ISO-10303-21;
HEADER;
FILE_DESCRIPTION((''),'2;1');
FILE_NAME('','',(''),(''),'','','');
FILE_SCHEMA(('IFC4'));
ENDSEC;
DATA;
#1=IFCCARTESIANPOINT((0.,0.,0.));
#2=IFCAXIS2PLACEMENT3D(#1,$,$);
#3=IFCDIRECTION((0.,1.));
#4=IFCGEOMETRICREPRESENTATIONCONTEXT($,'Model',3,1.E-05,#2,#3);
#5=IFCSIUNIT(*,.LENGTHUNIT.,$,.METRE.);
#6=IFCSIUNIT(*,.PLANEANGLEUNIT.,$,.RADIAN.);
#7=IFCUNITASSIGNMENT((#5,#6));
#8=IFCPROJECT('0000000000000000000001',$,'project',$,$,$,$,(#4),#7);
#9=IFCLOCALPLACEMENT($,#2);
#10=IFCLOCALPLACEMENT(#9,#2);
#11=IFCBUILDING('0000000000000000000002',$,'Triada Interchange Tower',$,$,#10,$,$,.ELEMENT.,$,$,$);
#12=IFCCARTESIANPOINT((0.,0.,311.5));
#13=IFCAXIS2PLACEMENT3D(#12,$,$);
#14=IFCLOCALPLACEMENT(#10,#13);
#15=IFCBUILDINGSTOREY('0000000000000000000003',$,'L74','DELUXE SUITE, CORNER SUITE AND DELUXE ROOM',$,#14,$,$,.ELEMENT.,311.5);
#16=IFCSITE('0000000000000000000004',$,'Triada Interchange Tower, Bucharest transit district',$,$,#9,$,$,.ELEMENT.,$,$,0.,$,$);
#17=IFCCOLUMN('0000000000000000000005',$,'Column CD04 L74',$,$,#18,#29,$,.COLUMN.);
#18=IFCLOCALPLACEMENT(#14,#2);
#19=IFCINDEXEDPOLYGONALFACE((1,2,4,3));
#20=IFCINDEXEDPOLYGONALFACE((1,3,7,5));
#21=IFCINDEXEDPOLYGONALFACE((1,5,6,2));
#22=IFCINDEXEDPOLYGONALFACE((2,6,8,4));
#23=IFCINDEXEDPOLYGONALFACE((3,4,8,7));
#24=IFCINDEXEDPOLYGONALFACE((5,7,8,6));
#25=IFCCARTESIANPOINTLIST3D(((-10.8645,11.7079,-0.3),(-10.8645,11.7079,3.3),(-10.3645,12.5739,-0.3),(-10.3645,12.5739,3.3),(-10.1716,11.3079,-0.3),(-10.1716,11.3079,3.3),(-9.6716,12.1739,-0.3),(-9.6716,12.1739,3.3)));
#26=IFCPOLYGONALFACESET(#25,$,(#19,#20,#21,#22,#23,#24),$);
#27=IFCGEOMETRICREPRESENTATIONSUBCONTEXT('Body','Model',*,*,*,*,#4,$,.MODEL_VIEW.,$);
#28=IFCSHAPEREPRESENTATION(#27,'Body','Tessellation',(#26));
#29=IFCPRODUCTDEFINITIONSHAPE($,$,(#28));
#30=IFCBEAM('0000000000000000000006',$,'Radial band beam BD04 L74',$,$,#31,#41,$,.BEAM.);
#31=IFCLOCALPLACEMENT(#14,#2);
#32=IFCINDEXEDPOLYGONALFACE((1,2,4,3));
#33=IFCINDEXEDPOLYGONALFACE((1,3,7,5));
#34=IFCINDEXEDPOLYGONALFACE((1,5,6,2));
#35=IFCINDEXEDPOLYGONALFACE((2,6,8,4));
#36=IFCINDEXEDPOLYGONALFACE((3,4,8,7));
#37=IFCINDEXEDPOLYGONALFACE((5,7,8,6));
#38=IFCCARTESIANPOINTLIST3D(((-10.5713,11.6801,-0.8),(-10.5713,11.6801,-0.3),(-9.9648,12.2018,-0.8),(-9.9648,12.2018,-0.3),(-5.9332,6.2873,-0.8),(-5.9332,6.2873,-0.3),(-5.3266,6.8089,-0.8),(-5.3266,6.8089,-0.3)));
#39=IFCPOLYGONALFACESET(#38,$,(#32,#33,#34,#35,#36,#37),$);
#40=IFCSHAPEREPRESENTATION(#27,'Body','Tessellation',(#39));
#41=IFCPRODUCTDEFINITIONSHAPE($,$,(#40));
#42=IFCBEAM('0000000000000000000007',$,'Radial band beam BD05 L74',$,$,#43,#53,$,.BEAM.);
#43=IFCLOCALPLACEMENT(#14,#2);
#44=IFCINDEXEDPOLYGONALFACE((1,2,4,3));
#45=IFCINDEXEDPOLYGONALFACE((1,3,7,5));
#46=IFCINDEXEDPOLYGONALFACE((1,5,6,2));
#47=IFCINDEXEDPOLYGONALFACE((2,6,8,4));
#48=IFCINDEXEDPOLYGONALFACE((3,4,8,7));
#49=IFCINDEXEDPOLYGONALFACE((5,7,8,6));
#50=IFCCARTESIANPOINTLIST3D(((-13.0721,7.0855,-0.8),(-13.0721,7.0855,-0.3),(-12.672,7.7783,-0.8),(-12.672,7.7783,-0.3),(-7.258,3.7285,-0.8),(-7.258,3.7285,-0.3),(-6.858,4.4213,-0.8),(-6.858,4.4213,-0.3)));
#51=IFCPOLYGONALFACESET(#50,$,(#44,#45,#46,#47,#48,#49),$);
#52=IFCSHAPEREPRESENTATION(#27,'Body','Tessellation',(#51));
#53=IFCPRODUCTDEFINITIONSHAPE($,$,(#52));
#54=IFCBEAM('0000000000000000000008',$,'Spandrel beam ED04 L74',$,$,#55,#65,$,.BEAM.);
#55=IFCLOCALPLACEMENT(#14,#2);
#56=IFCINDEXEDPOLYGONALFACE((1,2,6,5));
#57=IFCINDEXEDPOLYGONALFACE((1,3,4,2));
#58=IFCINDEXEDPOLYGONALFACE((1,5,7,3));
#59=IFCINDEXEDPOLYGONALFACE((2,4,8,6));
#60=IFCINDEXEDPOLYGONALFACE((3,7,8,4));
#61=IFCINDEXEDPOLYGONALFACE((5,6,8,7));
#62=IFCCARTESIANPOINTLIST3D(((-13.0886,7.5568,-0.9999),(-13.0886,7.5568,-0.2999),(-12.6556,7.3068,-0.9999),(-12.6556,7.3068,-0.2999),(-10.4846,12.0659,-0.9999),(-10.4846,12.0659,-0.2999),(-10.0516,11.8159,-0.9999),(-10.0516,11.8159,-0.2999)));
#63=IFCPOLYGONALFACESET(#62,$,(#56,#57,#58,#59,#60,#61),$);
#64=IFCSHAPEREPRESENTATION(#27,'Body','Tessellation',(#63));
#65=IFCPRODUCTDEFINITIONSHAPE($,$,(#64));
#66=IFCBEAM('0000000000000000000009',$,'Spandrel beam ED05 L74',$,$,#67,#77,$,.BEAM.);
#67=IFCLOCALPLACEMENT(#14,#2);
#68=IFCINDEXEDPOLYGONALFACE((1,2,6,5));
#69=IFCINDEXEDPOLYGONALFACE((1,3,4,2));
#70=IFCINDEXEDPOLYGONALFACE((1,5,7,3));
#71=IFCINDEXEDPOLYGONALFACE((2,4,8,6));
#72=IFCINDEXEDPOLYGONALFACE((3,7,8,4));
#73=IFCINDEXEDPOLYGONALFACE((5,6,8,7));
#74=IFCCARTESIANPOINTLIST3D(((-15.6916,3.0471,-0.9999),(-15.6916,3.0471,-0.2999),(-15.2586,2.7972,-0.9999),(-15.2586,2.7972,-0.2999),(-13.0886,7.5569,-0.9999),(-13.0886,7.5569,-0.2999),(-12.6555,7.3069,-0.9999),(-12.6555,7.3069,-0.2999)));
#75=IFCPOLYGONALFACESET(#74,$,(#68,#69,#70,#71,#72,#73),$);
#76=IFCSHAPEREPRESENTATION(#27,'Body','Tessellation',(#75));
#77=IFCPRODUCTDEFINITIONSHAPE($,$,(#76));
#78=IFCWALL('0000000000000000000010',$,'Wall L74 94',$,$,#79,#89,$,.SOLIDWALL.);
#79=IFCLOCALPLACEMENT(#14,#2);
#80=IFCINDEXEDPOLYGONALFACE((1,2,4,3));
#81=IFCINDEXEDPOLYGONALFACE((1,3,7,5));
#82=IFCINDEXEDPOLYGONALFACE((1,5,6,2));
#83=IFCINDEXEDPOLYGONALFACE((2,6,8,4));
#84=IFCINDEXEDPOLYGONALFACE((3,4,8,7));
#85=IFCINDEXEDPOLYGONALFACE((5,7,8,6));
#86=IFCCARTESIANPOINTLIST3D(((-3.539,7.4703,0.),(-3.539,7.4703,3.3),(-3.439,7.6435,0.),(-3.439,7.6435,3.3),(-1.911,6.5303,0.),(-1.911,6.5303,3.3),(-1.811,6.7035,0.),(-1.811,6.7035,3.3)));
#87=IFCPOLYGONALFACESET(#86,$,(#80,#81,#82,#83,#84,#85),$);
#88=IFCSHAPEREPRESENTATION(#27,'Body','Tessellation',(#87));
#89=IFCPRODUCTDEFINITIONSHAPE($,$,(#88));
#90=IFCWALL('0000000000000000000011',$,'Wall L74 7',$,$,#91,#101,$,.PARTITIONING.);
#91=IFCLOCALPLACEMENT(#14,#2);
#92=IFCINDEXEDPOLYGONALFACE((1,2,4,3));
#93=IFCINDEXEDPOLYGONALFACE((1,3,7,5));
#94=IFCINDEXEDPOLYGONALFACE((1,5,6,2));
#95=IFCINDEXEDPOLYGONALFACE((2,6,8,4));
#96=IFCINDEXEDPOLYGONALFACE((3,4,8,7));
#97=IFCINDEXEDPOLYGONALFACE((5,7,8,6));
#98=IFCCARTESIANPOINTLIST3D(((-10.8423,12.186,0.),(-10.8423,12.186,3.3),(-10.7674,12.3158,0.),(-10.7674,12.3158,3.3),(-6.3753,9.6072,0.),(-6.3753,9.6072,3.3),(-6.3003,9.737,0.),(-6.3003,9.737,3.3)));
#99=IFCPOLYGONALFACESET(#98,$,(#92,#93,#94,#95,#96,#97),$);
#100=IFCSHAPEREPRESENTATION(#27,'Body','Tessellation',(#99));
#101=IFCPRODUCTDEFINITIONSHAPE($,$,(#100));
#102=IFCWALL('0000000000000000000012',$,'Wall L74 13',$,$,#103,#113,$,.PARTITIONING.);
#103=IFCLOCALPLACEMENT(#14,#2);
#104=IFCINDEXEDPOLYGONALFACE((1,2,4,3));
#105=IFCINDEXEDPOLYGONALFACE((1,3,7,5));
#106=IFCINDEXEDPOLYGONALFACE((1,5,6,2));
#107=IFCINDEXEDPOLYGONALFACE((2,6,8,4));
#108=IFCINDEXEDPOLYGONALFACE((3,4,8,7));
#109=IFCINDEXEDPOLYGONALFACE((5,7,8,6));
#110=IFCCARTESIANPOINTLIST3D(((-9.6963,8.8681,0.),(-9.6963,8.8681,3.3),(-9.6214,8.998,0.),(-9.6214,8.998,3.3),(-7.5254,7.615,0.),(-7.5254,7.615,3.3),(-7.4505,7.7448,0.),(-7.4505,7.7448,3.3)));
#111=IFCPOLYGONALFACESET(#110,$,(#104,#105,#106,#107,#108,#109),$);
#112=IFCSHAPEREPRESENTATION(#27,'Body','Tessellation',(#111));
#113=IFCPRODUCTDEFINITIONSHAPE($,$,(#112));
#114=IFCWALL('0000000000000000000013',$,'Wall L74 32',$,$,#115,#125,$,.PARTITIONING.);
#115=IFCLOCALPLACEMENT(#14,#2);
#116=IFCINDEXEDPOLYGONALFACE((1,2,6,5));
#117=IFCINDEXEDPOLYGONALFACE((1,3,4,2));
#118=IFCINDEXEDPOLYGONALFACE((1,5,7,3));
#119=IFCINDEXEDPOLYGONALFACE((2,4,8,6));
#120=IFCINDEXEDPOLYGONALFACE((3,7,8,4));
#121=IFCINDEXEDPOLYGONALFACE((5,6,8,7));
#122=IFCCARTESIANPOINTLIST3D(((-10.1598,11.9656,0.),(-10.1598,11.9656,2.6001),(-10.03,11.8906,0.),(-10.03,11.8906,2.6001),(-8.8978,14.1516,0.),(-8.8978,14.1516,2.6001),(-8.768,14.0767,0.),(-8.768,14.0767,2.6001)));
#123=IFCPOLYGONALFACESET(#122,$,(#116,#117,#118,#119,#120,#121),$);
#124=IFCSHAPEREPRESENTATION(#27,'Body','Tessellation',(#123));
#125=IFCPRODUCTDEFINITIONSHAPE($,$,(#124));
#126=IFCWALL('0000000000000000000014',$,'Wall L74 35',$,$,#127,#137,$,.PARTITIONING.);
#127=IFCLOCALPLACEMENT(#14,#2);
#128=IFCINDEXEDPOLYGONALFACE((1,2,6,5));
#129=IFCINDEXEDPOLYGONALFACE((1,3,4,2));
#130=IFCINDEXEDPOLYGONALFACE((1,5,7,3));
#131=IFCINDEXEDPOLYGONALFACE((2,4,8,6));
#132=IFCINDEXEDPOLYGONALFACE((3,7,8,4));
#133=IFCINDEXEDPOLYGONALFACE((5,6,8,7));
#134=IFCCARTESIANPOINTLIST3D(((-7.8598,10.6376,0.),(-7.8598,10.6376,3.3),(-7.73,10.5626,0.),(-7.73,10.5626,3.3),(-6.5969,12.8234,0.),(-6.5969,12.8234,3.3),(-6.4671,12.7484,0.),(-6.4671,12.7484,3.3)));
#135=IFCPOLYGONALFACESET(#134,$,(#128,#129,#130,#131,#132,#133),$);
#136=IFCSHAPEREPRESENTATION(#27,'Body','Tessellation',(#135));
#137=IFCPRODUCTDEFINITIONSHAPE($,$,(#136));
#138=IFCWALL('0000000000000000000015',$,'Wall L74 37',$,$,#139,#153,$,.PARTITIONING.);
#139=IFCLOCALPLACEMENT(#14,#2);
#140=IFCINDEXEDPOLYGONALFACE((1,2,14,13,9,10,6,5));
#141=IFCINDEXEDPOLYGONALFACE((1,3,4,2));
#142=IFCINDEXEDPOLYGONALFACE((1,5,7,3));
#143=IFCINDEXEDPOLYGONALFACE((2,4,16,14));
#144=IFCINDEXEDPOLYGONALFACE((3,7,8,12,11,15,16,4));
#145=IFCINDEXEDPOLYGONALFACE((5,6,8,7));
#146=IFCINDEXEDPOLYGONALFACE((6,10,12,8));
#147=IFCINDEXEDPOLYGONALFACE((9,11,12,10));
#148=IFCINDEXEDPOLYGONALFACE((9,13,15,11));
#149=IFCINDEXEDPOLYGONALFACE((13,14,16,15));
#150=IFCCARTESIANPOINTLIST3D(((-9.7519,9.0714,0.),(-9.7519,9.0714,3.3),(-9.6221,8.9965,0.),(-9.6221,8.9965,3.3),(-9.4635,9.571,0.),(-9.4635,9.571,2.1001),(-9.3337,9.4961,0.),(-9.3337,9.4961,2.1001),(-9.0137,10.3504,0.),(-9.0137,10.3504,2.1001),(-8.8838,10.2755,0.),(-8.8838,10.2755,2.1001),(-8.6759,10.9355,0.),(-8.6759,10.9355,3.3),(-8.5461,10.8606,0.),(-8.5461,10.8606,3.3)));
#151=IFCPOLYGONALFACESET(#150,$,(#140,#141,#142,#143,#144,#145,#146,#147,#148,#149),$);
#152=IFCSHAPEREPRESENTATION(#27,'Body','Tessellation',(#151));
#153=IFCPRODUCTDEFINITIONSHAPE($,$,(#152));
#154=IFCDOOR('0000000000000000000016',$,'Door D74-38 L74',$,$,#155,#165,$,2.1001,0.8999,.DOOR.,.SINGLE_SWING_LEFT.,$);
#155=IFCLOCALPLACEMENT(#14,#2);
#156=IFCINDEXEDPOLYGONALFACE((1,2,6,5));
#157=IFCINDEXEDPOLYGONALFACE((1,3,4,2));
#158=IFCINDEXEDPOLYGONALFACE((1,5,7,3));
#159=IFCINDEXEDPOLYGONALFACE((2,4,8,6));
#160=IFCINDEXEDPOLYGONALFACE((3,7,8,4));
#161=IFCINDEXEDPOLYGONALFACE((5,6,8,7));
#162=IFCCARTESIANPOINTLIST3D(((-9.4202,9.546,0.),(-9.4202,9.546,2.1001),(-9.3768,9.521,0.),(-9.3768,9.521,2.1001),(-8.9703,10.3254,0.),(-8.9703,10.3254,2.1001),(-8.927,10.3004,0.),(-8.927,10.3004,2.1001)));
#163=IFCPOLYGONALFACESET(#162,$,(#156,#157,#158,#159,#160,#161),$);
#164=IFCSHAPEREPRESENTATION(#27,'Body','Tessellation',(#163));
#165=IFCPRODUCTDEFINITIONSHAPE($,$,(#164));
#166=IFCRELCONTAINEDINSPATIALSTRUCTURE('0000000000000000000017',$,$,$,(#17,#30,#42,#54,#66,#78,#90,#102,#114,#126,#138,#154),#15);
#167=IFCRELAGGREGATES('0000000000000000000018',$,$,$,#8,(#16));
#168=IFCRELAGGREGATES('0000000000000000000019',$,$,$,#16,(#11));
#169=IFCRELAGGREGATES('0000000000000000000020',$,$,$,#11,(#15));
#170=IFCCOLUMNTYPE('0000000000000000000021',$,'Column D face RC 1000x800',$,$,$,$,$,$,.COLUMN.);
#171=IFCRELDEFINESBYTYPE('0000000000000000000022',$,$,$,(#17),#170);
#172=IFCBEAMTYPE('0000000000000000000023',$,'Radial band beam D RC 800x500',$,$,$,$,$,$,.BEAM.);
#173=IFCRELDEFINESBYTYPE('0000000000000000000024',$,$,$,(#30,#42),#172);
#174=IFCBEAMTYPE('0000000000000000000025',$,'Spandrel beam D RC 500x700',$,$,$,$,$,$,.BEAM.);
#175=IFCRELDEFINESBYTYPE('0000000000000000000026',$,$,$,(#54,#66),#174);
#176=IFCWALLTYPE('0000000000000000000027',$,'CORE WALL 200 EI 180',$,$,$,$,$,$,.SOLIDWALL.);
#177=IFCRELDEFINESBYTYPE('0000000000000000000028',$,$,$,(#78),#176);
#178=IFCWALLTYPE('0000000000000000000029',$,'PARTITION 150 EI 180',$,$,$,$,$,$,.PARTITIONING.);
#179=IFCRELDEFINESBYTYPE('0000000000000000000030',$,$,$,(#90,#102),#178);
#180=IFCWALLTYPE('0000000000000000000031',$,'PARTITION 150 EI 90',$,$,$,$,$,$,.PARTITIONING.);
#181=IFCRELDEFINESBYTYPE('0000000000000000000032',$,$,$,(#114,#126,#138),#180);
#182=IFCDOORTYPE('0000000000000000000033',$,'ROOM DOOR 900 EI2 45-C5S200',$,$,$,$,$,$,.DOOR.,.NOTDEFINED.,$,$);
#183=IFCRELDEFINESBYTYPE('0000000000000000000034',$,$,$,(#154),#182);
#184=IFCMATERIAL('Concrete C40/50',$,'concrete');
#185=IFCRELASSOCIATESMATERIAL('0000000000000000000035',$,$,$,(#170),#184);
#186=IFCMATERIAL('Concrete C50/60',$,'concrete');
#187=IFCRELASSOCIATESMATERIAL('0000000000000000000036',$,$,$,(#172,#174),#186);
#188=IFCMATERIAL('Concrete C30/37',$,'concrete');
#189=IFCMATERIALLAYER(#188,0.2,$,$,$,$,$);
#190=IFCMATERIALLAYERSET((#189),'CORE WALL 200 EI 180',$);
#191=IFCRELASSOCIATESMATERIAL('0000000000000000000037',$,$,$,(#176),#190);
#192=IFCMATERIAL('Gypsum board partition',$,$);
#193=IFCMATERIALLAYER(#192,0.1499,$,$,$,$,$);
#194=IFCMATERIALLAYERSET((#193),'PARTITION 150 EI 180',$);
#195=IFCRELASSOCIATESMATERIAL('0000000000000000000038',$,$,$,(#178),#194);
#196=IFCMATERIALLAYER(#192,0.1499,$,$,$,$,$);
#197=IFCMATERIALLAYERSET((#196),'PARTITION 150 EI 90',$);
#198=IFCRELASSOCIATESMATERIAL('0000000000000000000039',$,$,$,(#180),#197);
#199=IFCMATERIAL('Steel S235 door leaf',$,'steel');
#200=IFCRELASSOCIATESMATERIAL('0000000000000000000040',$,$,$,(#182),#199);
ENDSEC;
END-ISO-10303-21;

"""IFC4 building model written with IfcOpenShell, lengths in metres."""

from ifc_helpers import new_model, si_unit, direction, frame, frame_2d, origin, origin_2d, place, context, subcontext, project, spatial, rectangle, extrude, material, layer, layer_set, material_profile, profile_set, type_object, element, fill, save


model = new_model("IFC4")

# Units and contexts
model_context = context("Model", 3, precision=1e-05, world=origin(), true_north=direction((0.0, 1.0)))
body_context = subcontext(model_context, "Body", "Model", "MODEL_VIEW")
ifc_project = project(units=[si_unit("LENGTHUNIT", "METRE"), si_unit("PLANEANGLEUNIT", "RADIAN")], contexts=[model_context])

# Site, building, storey
site_placement = place(None, origin())
site = spatial("IfcSite", under=ifc_project, at=site_placement, Name="Triada Interchange Tower, Bucharest transit district", CompositionType="ELEMENT", RefElevation=0.0)
building_placement = place(site_placement, origin())
building = spatial("IfcBuilding", under=site, at=building_placement, Name="Triada Interchange Tower", CompositionType="ELEMENT")
storey_placement = place(building_placement, frame((0.0, 0.0, 311.5)))
storey = spatial("IfcBuildingStorey", under=building, at=storey_placement, Name="L74", Description="DELUXE SUITE, CORNER SUITE AND DELUXE ROOM", CompositionType="ELEMENT", Elevation=311.5)

# Column
ifc_material_1 = material(Name="Concrete C40/50", Category="concrete")
ifc_material_profile_1 = material_profile(ifc_material_1, rectangle(XDim=1.0, YDim=0.8, at=origin_2d()), Name="RC 1000x800")
ifc_profile_set_1 = profile_set([ifc_material_profile_1], Name="Concrete C40/50")
column_type = type_object("IfcColumnType", Name="Column D face RC 1000x800", PredefinedType="COLUMN", material=ifc_profile_set_1)
column_placement = place(storey_placement, frame((-10.2681, 11.9409, -0.3), z_axis=(0.0, 0.0, 1.0), x_axis=(0.5, 0.866025, 0.0)))
element("IfcColumn", 1, at=column_placement, inside=storey, type_object=column_type, Name="Column CD04 L74", PredefinedType="COLUMN", context=body_context, shape_type="SweptSolid", body=[
    extrude(rectangle(XDim=1.0, YDim=0.8, at=origin_2d()), origin(), (0.0, 0.0, 1.0), 3.6001),
])

# Beams
ifc_material_2 = material(Name="Concrete C50/60", Category="concrete")
ifc_material_profile_2 = material_profile(ifc_material_2, rectangle(XDim=0.8, YDim=0.5, at=origin_2d()), Name="RC 800x500")
ifc_profile_set_2 = profile_set([ifc_material_profile_2], Name="Concrete C50/60")
beam_type_1 = type_object("IfcBeamType", Name="Radial band beam D RC 800x500", PredefinedType="BEAM", material=ifc_profile_set_2)
beam_1_placement = place(storey_placement, frame((-10.2681, 11.9409, -0.55), z_axis=(0.652068, -0.75816, 0.0), x_axis=(0.75816, 0.652068, 0.0)))
element("IfcBeam", 2, at=beam_1_placement, inside=storey, type_object=beam_type_1, Name="Radial band beam BD04 L74", PredefinedType="BEAM", context=body_context, shape_type="SweptSolid", body=[
    extrude(rectangle(XDim=0.8, YDim=0.5, at=origin_2d()), origin(), (0.0, 0.0, 1.0), 7.113),
])
beam_2_placement = place(storey_placement, frame((-12.8721, 7.4319, -0.55), z_axis=(0.86601, -0.500027, 0.0), x_axis=(0.500027, 0.86601, 0.0)))
element("IfcBeam", 3, at=beam_2_placement, inside=storey, type_object=beam_type_1, Name="Radial band beam BD05 L74", PredefinedType="BEAM", context=body_context, shape_type="SweptSolid", body=[
    extrude(rectangle(XDim=0.8, YDim=0.5, at=origin_2d()), origin(), (0.0, 0.0, 1.0), 6.7136),
])
ifc_material_profile_3 = material_profile(ifc_material_2, rectangle(XDim=0.5, YDim=0.7, at=origin_2d()), Name="RC 500x700")
ifc_profile_set_3 = profile_set([ifc_material_profile_3], Name="Concrete C50/60")
beam_type_2 = type_object("IfcBeamType", Name="Spandrel beam D RC 500x700", PredefinedType="BEAM", material=ifc_profile_set_3)
for number, where, z_axis, x_axis, name in (
    (4, (-10.2681, 11.9409, -0.6499), (-0.500103, -0.865966, 0.0), (0.865966, -0.500103, 0.0), "Spandrel beam ED04 L74"),
    (5, (-12.8721, 7.4319, -0.6499), (-0.499901, -0.866083, 0.0), (0.866083, -0.499901, 0.0), "Spandrel beam ED05 L74"),
):
    element("IfcBeam", number, at=place(storey_placement, frame(where, z_axis=z_axis, x_axis=x_axis)), inside=storey, type_object=beam_type_2, Name=name, PredefinedType="BEAM", context=body_context, shape_type="SweptSolid", body=[
        extrude(rectangle(XDim=0.5, YDim=0.7, at=origin_2d()), origin(), (0.0, 0.0, 1.0), 5.207),
    ])

# Wall
ifc_material_3 = material(Name="Concrete C30/37", Category="concrete")
ifc_layer_1 = layer(ifc_material_3, 0.2)
ifc_layer_set_1 = layer_set([ifc_layer_1], Name="CORE WALL 200 EI 180")
wall_type_1 = type_object("IfcWallType", Name="CORE WALL 200 EI 180", PredefinedType="SOLIDWALL", material=ifc_layer_set_1)
wall_1_placement = place(storey_placement, frame((-3.489, 7.5569, 0.0), z_axis=(0.0, 0.0, 1.0), x_axis=(0.866013, -0.500022, 0.0)))
element("IfcWall", 6, at=wall_1_placement, inside=storey, type_object=wall_type_1, Name="Wall L74 94", PredefinedType="SOLIDWALL", context=body_context, shape_type="SweptSolid", body=[
    extrude(rectangle(XDim=1.8799, YDim=0.2, at=frame_2d((0.9399, 0.0))), origin(), (0.0, 0.0, 1.0), 3.3),
])

# Shared definitions
ifc_material_4 = material(Name="Steel S235 door leaf", Category="steel")

# Walls
ifc_material_5 = material(Name="Gypsum board partition")
ifc_layer_2 = layer(ifc_material_5, 0.1499)
ifc_layer_set_2 = layer_set([ifc_layer_2], Name="PARTITION 150 EI 180")
wall_type_2 = type_object("IfcWallType", Name="PARTITION 150 EI 180", PredefinedType="PARTITIONING", material=ifc_layer_set_2)
wall_2_placement = place(storey_placement, frame((-10.8049, 12.251, 0.0), z_axis=(0.0, 0.0, 1.0), x_axis=(0.866041, -0.499972, 0.0)))
element("IfcWall", 7, at=wall_2_placement, inside=storey, type_object=wall_type_2, Name="Wall L74 7", PredefinedType="PARTITIONING", context=body_context, shape_type="SweptSolid", body=[
    extrude(rectangle(XDim=5.158, YDim=0.1499, at=frame_2d((2.5791, 0.0))), origin(), (0.0, 0.0, 1.0), 3.3),
])
wall_3_placement = place(storey_placement, frame((-9.6589, 8.9331, 0.0), z_axis=(0.0, 0.0, 1.0), x_axis=(0.866059, -0.499942, 0.0)))
element("IfcWall", 8, at=wall_3_placement, inside=storey, type_object=wall_type_2, Name="Wall L74 13", PredefinedType="PARTITIONING", context=body_context, shape_type="SweptSolid", body=[
    extrude(rectangle(XDim=2.5066, YDim=0.1499, at=frame_2d((1.2534, 0.0))), origin(), (0.0, 0.0, 1.0), 3.3),
])
ifc_layer_3 = layer(ifc_material_5, 0.1499)
ifc_layer_set_3 = layer_set([ifc_layer_3], Name="PARTITION 150 EI 90")
wall_type_3 = type_object("IfcWallType", Name="PARTITION 150 EI 90", PredefinedType="PARTITIONING", material=ifc_layer_set_3)
wall_4_placement = place(storey_placement, frame((-10.095, 11.928, 0.0), z_axis=(0.0, 0.0, 1.0), x_axis=(0.499957, 0.86605, 0.0)))
element("IfcWall", 9, at=wall_4_placement, inside=storey, type_object=wall_type_3, Name="Wall L74 32", PredefinedType="PARTITIONING", context=body_context, shape_type="SweptSolid", body=[
    extrude(rectangle(XDim=2.5242, YDim=0.1499, at=frame_2d((1.2622, 0.0))), origin(), (0.0, 0.0, 1.0), 2.6001),
])
wall_5_placement = place(storey_placement, frame((-7.7949, 10.6001, 0.0), z_axis=(0.0, 0.0, 1.0), x_axis=(0.500289, 0.865859, 0.0)))
element("IfcWall", 10, at=wall_5_placement, inside=storey, type_object=wall_type_3, Name="Wall L74 35", PredefinedType="PARTITIONING", context=body_context, shape_type="SweptSolid", body=[
    extrude(rectangle(XDim=2.5244, YDim=0.1499, at=frame_2d((1.2622, 0.0))), origin(), (0.0, 0.0, 1.0), 3.3),
])

# Wall, opening, door
wall_6_placement = place(storey_placement, frame((-9.687, 9.0339, 0.0), z_axis=(0.0, 0.0, 1.0), x_axis=(0.499909, 0.866078, 0.0)))
wall_6 = element("IfcWall", 11, at=wall_6_placement, inside=storey, type_object=wall_type_3, Name="Wall L74 37", PredefinedType="PARTITIONING", context=body_context, shape_type="SweptSolid", body=[
    extrude(rectangle(XDim=2.1523, YDim=0.1499, at=frame_2d((1.0762, 0.0))), origin(), (0.0, 0.0, 1.0), 3.3),
])
opening_1_placement = place(wall_6_placement, frame((0.5769, 0.0, 0.0)))
opening_1 = element("IfcOpeningElement", 12, at=opening_1_placement, cuts=wall_6, PredefinedType="OPENING", context=body_context, shape_type="SweptSolid", body=[
    extrude(rectangle(XDim=0.8999, YDim=2.1001, at=frame_2d((0.45, 1.05))), frame((0.0, 0.085, 0.0), z_axis=(0.0, -1.0, 0.0), x_axis=(1.0, 0.0, 0.0)), (0.0, 0.0, 1.0), 0.1699),
])
door_type_1 = type_object("IfcDoorType", Name="ROOM DOOR 900 EI2 45-C5S200", OperationType="NOTDEFINED", PredefinedType="DOOR", material=ifc_material_4)
door_1_placement = place(opening_1_placement, origin())
door_1 = element("IfcDoor", 13, at=door_1_placement, inside=storey, type_object=door_type_1, Name="Door D74-38 L74", OperationType="SINGLE_SWING_LEFT", OverallHeight=2.1001, OverallWidth=0.8999, PredefinedType="DOOR", context=body_context, shape_type="SweptSolid", body=[
    extrude(rectangle(XDim=0.8999, YDim=2.1001, at=frame_2d((0.45, 1.05))), frame((0.0, 0.0249, 0.0), z_axis=(0.0, -1.0, 0.0), x_axis=(1.0, 0.0, 0.0)), (0.0, 0.0, 1.0), 0.05),
])
fill(opening_1, door_1)

save(model, "model.ifc")
